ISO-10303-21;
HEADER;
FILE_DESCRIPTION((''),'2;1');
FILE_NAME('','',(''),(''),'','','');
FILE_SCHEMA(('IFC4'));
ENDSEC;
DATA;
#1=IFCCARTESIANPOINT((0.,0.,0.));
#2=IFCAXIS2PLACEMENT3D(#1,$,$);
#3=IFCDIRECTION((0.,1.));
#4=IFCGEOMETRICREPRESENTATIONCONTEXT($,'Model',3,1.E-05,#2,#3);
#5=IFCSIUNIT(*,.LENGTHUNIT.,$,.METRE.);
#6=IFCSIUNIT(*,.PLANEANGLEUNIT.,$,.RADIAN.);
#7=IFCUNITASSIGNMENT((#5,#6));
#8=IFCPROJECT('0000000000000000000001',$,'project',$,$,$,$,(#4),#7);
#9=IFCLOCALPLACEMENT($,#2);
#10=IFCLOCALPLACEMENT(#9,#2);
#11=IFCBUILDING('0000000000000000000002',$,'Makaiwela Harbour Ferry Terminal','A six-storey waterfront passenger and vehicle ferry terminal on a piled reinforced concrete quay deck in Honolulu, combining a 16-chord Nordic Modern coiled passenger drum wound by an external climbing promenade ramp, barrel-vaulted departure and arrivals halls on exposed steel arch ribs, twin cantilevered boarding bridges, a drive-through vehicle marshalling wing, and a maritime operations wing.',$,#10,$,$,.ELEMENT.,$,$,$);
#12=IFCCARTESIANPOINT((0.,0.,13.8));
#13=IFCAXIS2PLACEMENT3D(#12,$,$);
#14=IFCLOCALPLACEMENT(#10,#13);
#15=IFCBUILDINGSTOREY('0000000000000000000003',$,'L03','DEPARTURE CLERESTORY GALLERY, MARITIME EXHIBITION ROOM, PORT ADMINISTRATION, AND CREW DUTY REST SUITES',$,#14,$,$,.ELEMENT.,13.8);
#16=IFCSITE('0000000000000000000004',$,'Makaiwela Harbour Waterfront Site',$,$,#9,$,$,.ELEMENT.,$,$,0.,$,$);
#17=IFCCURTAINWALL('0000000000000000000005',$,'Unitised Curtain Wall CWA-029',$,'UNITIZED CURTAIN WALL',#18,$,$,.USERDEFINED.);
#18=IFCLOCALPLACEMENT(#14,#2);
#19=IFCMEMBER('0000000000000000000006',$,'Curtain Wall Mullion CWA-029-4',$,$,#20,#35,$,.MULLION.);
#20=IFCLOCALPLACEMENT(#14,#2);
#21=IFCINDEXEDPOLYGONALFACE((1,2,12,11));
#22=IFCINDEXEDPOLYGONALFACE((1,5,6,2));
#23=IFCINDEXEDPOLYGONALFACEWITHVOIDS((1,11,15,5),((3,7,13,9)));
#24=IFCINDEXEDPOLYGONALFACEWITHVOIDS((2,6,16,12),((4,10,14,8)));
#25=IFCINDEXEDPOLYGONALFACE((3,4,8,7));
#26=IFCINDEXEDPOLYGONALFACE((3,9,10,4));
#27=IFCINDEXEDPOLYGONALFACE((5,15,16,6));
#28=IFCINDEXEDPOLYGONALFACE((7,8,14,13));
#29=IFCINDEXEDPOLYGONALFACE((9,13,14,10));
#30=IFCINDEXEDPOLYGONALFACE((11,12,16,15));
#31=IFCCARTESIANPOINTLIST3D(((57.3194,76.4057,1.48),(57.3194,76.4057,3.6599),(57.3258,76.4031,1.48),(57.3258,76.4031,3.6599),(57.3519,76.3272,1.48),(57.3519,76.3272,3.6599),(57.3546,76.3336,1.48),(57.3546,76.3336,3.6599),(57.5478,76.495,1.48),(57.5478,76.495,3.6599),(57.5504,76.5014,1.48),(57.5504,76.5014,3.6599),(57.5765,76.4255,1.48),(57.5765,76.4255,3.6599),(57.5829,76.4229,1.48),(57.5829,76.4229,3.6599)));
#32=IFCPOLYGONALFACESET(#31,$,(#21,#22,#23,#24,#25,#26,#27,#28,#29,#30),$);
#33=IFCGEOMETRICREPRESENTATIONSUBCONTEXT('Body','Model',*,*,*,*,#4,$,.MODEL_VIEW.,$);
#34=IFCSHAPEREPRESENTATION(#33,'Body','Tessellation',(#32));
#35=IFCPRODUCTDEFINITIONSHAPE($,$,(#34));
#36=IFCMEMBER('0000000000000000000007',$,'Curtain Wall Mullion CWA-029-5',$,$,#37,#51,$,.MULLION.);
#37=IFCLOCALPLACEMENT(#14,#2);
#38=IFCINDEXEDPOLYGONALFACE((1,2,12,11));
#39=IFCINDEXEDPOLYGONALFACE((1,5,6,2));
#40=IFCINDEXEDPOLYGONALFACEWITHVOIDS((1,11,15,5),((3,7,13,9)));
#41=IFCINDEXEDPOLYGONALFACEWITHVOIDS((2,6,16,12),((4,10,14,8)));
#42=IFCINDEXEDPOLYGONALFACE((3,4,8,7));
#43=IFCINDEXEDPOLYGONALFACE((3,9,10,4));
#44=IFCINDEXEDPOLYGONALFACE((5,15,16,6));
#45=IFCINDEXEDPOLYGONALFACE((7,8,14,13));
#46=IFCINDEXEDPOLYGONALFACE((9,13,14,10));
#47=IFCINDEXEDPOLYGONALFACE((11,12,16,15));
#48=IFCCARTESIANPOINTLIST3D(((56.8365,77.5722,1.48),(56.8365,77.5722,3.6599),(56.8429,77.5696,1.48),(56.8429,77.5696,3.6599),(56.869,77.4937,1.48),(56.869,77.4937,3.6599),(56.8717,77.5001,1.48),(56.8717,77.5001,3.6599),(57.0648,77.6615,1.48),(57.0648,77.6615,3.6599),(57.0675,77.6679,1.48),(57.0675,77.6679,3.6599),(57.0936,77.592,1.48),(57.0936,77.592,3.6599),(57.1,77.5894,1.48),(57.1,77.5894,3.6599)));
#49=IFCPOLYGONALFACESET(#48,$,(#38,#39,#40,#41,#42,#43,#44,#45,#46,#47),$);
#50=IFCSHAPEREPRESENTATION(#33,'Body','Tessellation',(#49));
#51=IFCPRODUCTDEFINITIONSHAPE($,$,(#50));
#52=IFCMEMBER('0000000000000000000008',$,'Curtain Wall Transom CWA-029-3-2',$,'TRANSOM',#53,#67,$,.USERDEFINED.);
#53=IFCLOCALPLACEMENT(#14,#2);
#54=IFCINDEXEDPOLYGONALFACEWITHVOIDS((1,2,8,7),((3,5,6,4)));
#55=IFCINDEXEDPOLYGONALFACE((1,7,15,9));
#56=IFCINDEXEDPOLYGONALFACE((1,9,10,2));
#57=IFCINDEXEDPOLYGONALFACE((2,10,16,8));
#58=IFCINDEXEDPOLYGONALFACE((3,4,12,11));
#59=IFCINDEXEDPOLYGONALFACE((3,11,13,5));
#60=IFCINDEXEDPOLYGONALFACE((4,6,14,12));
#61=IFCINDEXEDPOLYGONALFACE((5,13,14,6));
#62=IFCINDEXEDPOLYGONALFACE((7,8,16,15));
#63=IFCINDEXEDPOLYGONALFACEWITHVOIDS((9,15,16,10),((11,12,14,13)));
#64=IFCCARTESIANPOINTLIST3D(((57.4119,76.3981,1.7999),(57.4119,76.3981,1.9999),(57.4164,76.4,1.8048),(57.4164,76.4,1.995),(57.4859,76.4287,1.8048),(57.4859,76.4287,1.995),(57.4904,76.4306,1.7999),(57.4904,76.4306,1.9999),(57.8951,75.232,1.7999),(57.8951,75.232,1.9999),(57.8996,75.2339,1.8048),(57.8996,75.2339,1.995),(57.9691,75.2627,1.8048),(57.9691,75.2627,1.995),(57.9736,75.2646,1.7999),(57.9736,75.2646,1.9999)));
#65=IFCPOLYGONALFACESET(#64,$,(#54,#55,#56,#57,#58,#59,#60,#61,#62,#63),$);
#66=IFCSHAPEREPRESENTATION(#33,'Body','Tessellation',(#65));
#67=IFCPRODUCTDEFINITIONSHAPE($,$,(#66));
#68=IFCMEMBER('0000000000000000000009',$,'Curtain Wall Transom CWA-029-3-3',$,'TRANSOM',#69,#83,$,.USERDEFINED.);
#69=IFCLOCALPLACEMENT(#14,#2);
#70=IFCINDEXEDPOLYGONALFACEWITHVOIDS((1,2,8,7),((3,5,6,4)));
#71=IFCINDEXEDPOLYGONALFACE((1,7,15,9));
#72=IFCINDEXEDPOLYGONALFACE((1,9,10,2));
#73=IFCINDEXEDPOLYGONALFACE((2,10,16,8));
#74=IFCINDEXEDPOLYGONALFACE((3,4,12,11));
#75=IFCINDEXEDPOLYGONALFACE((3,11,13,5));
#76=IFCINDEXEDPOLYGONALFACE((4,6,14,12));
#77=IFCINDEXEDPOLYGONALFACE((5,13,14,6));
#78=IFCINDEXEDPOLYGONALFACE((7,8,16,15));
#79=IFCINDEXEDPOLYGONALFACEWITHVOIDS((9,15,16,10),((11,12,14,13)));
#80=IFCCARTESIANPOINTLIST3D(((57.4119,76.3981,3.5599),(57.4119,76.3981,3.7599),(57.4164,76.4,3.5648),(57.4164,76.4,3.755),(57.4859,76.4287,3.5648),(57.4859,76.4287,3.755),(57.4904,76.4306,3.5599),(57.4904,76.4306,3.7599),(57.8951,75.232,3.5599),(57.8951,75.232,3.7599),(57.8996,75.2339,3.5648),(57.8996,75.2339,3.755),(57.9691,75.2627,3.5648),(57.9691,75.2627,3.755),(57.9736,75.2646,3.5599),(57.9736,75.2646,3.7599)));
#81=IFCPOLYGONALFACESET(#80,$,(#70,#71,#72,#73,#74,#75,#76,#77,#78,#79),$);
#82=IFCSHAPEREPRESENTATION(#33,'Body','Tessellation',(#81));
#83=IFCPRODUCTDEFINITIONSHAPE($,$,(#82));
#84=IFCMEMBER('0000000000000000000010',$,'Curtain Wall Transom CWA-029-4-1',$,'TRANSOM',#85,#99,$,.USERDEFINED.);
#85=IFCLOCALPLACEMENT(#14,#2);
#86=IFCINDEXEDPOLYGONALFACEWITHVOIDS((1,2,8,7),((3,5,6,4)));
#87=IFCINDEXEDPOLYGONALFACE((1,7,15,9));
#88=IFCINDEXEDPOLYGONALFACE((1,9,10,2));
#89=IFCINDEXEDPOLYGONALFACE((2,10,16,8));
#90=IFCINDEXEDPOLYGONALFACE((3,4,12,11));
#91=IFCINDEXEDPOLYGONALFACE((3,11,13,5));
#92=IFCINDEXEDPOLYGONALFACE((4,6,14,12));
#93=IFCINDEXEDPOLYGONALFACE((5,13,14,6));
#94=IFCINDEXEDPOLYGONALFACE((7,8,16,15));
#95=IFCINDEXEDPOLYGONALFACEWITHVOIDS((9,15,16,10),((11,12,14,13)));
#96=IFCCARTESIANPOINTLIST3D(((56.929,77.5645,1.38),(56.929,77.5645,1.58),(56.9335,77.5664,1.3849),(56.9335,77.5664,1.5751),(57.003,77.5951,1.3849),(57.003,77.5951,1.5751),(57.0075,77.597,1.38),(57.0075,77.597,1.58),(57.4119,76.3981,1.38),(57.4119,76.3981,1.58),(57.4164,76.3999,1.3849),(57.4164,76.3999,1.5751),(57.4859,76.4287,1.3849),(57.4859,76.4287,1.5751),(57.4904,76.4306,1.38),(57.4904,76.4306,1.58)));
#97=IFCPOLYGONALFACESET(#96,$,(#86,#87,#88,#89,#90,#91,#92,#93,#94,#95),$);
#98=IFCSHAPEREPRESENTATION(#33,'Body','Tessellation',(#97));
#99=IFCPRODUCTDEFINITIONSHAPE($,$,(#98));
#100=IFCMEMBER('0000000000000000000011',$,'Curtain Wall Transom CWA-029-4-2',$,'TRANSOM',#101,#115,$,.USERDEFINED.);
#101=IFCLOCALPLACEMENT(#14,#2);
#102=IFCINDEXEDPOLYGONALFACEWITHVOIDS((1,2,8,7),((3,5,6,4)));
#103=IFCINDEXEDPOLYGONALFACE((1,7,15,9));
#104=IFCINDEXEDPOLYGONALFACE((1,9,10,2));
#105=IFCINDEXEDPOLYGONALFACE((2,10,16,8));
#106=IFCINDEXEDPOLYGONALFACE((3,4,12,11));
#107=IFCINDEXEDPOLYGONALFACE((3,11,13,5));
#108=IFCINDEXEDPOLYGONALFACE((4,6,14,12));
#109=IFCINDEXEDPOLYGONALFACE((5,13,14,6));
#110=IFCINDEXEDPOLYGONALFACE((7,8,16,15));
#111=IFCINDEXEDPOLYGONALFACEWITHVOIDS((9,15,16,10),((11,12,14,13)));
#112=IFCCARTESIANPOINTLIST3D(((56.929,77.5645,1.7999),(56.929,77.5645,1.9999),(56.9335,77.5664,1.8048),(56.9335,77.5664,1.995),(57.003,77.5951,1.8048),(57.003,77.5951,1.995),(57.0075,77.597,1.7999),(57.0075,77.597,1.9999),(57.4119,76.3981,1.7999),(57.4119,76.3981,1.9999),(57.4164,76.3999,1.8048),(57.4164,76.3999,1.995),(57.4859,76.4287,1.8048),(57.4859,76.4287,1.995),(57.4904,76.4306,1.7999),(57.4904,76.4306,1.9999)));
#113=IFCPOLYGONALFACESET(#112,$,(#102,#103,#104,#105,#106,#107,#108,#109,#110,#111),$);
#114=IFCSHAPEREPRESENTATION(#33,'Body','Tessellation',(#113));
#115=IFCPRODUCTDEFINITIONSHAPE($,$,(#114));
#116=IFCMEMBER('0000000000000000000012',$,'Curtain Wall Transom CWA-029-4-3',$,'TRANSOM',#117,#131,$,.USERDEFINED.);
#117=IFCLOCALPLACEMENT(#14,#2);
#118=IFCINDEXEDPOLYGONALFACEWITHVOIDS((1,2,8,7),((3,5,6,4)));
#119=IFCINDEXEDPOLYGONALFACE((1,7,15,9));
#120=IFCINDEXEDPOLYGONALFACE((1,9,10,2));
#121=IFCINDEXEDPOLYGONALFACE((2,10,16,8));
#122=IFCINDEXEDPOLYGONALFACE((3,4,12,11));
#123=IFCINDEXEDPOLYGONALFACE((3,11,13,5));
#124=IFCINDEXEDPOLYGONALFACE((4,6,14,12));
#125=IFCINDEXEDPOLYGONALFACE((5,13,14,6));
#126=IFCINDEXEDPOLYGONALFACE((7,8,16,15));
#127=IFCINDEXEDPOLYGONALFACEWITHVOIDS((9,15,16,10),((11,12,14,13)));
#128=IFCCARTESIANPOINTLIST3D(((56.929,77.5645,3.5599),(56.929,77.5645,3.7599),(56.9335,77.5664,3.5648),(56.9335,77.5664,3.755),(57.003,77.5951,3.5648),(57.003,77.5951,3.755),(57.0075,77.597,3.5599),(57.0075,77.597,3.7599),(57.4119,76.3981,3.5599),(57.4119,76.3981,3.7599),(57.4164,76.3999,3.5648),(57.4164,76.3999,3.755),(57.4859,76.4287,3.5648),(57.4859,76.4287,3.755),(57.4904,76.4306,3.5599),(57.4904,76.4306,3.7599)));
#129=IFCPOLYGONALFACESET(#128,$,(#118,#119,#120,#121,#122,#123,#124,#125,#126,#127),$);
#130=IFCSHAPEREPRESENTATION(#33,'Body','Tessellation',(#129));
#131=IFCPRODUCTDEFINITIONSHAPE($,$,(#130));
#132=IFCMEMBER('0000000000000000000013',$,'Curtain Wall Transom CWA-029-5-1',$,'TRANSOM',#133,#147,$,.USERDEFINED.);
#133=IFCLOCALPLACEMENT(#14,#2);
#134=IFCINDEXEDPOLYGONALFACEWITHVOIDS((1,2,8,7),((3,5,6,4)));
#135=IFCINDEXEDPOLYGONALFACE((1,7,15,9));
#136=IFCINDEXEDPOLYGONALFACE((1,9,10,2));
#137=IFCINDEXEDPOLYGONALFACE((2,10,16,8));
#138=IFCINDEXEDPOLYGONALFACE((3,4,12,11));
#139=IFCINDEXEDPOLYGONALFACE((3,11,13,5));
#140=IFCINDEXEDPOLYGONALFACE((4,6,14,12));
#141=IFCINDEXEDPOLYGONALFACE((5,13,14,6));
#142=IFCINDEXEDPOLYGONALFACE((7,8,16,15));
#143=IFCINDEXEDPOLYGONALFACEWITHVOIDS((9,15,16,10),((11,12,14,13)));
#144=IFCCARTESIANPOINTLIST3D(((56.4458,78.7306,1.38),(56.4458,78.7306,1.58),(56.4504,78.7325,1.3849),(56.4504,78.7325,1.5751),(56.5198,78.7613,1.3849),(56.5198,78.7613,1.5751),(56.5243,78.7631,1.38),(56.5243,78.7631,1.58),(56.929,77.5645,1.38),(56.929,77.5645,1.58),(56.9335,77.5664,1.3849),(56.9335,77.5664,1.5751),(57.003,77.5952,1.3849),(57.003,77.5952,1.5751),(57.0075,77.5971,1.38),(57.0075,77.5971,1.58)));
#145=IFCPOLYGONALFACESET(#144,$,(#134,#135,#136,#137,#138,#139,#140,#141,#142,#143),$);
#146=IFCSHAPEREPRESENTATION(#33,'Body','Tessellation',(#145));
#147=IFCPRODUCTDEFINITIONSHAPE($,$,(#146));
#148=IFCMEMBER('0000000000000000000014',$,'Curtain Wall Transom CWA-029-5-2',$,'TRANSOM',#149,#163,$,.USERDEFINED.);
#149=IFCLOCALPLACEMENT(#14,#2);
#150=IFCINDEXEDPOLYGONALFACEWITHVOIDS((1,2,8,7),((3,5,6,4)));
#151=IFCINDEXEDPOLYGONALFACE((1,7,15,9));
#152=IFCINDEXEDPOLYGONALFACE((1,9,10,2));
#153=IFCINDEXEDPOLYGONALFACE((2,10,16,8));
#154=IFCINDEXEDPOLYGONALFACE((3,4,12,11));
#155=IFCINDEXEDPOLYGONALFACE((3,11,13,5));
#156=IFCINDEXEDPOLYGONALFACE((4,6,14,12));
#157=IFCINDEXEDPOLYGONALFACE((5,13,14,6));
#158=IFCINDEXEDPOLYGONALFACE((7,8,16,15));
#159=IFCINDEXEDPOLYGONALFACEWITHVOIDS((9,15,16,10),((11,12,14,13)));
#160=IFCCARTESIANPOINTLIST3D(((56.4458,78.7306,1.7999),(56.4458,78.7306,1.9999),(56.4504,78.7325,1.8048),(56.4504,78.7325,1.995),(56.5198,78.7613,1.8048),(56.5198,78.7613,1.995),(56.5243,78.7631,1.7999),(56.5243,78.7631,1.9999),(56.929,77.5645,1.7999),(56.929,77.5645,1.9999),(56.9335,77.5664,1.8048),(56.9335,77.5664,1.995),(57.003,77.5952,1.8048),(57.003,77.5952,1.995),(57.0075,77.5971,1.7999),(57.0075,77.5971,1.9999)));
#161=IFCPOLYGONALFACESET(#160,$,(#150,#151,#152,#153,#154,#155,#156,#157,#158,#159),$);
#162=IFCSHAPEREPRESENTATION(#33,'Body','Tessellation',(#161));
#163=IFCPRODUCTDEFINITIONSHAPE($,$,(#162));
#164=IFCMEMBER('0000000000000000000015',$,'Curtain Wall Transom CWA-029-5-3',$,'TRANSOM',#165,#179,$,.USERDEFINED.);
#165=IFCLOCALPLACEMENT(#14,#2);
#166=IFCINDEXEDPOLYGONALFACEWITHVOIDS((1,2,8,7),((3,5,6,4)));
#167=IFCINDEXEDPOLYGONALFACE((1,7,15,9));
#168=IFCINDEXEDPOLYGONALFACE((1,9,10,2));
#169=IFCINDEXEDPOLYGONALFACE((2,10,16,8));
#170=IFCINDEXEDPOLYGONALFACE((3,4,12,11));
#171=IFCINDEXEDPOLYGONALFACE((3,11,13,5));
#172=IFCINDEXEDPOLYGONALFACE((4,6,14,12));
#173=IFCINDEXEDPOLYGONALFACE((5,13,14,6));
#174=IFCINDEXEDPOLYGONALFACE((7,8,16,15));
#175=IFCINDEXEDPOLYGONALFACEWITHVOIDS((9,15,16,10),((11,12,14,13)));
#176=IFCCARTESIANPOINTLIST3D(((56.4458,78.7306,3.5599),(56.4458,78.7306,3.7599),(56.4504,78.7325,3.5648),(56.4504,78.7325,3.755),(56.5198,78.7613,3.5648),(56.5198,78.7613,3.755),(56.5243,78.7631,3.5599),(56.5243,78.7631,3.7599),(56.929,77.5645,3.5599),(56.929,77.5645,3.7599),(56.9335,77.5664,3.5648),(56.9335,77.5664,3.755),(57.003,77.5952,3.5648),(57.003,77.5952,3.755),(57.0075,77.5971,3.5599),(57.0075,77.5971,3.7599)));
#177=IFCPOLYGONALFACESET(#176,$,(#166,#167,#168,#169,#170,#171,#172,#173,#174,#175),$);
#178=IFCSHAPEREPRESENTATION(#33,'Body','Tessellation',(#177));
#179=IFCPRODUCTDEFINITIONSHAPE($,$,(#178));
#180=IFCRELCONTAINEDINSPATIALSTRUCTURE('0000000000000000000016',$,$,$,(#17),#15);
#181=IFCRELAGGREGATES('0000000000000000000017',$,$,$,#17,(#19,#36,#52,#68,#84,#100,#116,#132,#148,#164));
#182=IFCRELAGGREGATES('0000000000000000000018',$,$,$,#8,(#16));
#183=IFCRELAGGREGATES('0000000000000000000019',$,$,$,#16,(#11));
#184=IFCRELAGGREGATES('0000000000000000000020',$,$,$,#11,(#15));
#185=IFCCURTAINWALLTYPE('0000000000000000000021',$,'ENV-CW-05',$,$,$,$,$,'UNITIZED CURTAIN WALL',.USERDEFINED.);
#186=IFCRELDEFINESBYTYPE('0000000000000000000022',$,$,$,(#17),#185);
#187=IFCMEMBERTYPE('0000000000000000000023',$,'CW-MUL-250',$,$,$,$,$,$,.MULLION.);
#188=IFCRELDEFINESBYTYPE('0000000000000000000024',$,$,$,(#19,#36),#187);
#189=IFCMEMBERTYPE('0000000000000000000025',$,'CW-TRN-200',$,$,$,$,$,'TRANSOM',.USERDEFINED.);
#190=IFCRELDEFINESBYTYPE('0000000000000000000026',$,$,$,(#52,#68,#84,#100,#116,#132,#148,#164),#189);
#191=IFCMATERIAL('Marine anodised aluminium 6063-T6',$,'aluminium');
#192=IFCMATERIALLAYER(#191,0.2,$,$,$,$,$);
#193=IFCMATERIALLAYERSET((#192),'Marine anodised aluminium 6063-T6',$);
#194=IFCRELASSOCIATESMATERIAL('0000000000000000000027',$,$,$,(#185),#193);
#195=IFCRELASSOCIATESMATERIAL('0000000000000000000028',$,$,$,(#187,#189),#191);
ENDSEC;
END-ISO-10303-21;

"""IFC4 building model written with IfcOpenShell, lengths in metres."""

from ifc_helpers import new_model, si_unit, direction, frame, origin, origin_2d, place, context, subcontext, project, spatial, hollow_rectangle, extrude, material, layer, layer_set, material_profile, profile_set, type_object, element, aggregate, save


model = new_model("IFC4")

# Units and contexts
model_context = context("Model", 3, precision=1e-05, world=origin(), true_north=direction((0.0, 1.0)))
body_context = subcontext(model_context, "Body", "Model", "MODEL_VIEW")
ifc_project = project(units=[si_unit("LENGTHUNIT", "METRE"), si_unit("PLANEANGLEUNIT", "RADIAN")], contexts=[model_context])

# Site, building, storey
site_placement = place(None, origin())
site = spatial("IfcSite", under=ifc_project, at=site_placement, Name="Makaiwela Harbour Waterfront Site", CompositionType="ELEMENT", RefElevation=0.0)
building_placement = place(site_placement, origin())
building = spatial("IfcBuilding", under=site, at=building_placement, Name="Makaiwela Harbour Ferry Terminal", Description="A six-storey waterfront passenger and vehicle ferry terminal on a piled reinforced concrete quay deck in Honolulu, combining a 16-chord Nordic Modern coiled passenger drum wound by an external climbing promenade ramp, barrel-vaulted departure and arrivals halls on exposed steel arch ribs, twin cantilevered boarding bridges, a drive-through vehicle marshalling wing, and a maritime operations wing.", CompositionType="ELEMENT")
storey_placement = place(building_placement, frame((0.0, 0.0, 13.8)))
storey = spatial("IfcBuildingStorey", under=building, at=storey_placement, Name="L03", Description="DEPARTURE CLERESTORY GALLERY, MARITIME EXHIBITION ROOM, PORT ADMINISTRATION, AND CREW DUTY REST SUITES", CompositionType="ELEMENT", Elevation=13.8)

# Curtain wall, members
ifc_material_1 = material(Name="Marine anodised aluminium 6063-T6", Category="aluminium")
ifc_layer_1 = layer(ifc_material_1, 0.2)
ifc_layer_set_1 = layer_set([ifc_layer_1], Name="Marine anodised aluminium 6063-T6")
curtain_wall_type = type_object("IfcCurtainWallType", Name="ENV-CW-05", ElementType="UNITIZED CURTAIN WALL", PredefinedType="USERDEFINED", material=ifc_layer_set_1)
curtain_wall_placement = place(storey_placement, origin())
curtain_wall = element("IfcCurtainWall", 1, at=curtain_wall_placement, inside=storey, type_object=curtain_wall_type, Name="Unitised Curtain Wall CWA-029", ObjectType="UNITIZED CURTAIN WALL", PredefinedType="USERDEFINED")
ifc_material_profile_1 = material_profile(ifc_material_1, hollow_rectangle(XDim=0.085, YDim=0.25, WallThickness=0.0049, at=origin_2d()), Name="CWM-250X85")
ifc_profile_set_1 = profile_set([ifc_material_profile_1], Name="Marine anodised aluminium 6063-T6")
member_type_1 = type_object("IfcMemberType", Name="CW-MUL-250", PredefinedType="MULLION", material=ifc_profile_set_1)
member_1_placement = place(storey_placement, frame((57.4512, 76.4143, 1.48), z_axis=(0.0, 0.0, 1.0), x_axis=(-0.382683, 0.92388, 0.0)))
member_1 = element("IfcMember", 2, at=member_1_placement, type_object=member_type_1, Name="Curtain Wall Mullion CWA-029-4", PredefinedType="MULLION", context=body_context, shape_type="SweptSolid", body=[
    extrude(hollow_rectangle(XDim=0.085, YDim=0.25, WallThickness=0.0049, at=origin_2d()), origin(), (0.0, 0.0, 1.0), 2.1799),
])
member_2_placement = place(storey_placement, frame((56.9683, 77.5808, 1.48), z_axis=(0.0, 0.0, 1.0), x_axis=(-0.382683, 0.92388, 0.0)))
member_2 = element("IfcMember", 3, at=member_2_placement, type_object=member_type_1, Name="Curtain Wall Mullion CWA-029-5", PredefinedType="MULLION", context=body_context, shape_type="SweptSolid", body=[
    extrude(hollow_rectangle(XDim=0.085, YDim=0.25, WallThickness=0.0049, at=origin_2d()), origin(), (0.0, 0.0, 1.0), 2.1799),
])
ifc_material_profile_2 = material_profile(ifc_material_1, hollow_rectangle(XDim=0.085, YDim=0.2, WallThickness=0.0049, at=origin_2d()), Name="CWT-200X85")
ifc_profile_set_2 = profile_set([ifc_material_profile_2], Name="Marine anodised aluminium 6063-T6")
member_type_2 = type_object("IfcMemberType", Name="CW-TRN-200", ElementType="TRANSOM", PredefinedType="USERDEFINED", material=ifc_profile_set_2)
member_3_placement = place(storey_placement, frame((57.9343, 75.2483, 1.8999), z_axis=(-0.382802, 0.923831, 0.0), x_axis=(-0.923831, -0.382802, 0.0)))
member_3 = element("IfcMember", 4, at=member_3_placement, type_object=member_type_2, Name="Curtain Wall Transom CWA-029-3-2", ObjectType="TRANSOM", PredefinedType="USERDEFINED", context=body_context, shape_type="SweptSolid", body=[
    extrude(hollow_rectangle(XDim=0.085, YDim=0.2, WallThickness=0.0049, at=origin_2d()), origin(), (0.0, 0.0, 1.0), 1.2622),
])
member_4_placement = place(storey_placement, frame((57.9343, 75.2483, 3.6599), z_axis=(-0.382802, 0.923831, 0.0), x_axis=(-0.923831, -0.382802, 0.0)))
member_4 = element("IfcMember", 5, at=member_4_placement, type_object=member_type_2, Name="Curtain Wall Transom CWA-029-3-3", ObjectType="TRANSOM", PredefinedType="USERDEFINED", context=body_context, shape_type="SweptSolid", body=[
    extrude(hollow_rectangle(XDim=0.085, YDim=0.2, WallThickness=0.0049, at=origin_2d()), origin(), (0.0, 0.0, 1.0), 1.2622),
])
member_5_placement = place(storey_placement, frame((57.4512, 76.4143, 1.48), z_axis=(-0.3825, 0.923956, 0.0), x_axis=(-0.923956, -0.3825, 0.0)))
member_5 = element("IfcMember", 6, at=member_5_placement, type_object=member_type_2, Name="Curtain Wall Transom CWA-029-4-1", ObjectType="TRANSOM", PredefinedType="USERDEFINED", context=body_context, shape_type="SweptSolid", body=[
    extrude(hollow_rectangle(XDim=0.085, YDim=0.2, WallThickness=0.0049, at=origin_2d()), origin(), (0.0, 0.0, 1.0), 1.2625),
])
member_6_placement = place(storey_placement, frame((57.4512, 76.4143, 1.8999), z_axis=(-0.3825, 0.923956, 0.0), x_axis=(-0.923956, -0.3825, 0.0)))
member_6 = element("IfcMember", 7, at=member_6_placement, type_object=member_type_2, Name="Curtain Wall Transom CWA-029-4-2", ObjectType="TRANSOM", PredefinedType="USERDEFINED", context=body_context, shape_type="SweptSolid", body=[
    extrude(hollow_rectangle(XDim=0.085, YDim=0.2, WallThickness=0.0049, at=origin_2d()), origin(), (0.0, 0.0, 1.0), 1.2625),
])
member_7_placement = place(storey_placement, frame((57.4512, 76.4143, 3.6599), z_axis=(-0.3825, 0.923956, 0.0), x_axis=(-0.923956, -0.3825, 0.0)))
member_7 = element("IfcMember", 8, at=member_7_placement, type_object=member_type_2, Name="Curtain Wall Transom CWA-029-4-3", ObjectType="TRANSOM", PredefinedType="USERDEFINED", context=body_context, shape_type="SweptSolid", body=[
    extrude(hollow_rectangle(XDim=0.085, YDim=0.2, WallThickness=0.0049, at=origin_2d()), origin(), (0.0, 0.0, 1.0), 1.2625),
])
member_8_placement = place(storey_placement, frame((56.9683, 77.5808, 1.48), z_axis=(-0.382802, 0.923831, 0.0), x_axis=(-0.923831, -0.382802, 0.0)))
member_8 = element("IfcMember", 9, at=member_8_placement, type_object=member_type_2, Name="Curtain Wall Transom CWA-029-5-1", ObjectType="TRANSOM", PredefinedType="USERDEFINED", context=body_context, shape_type="SweptSolid", body=[
    extrude(hollow_rectangle(XDim=0.085, YDim=0.2, WallThickness=0.0049, at=origin_2d()), origin(), (0.0, 0.0, 1.0), 1.2622),
])
member_9_placement = place(storey_placement, frame((56.9683, 77.5808, 1.8999), z_axis=(-0.382802, 0.923831, 0.0), x_axis=(-0.923831, -0.382802, 0.0)))
member_9 = element("IfcMember", 10, at=member_9_placement, type_object=member_type_2, Name="Curtain Wall Transom CWA-029-5-2", ObjectType="TRANSOM", PredefinedType="USERDEFINED", context=body_context, shape_type="SweptSolid", body=[
    extrude(hollow_rectangle(XDim=0.085, YDim=0.2, WallThickness=0.0049, at=origin_2d()), origin(), (0.0, 0.0, 1.0), 1.2622),
])
member_10_placement = place(storey_placement, frame((56.9683, 77.5808, 3.6599), z_axis=(-0.382802, 0.923831, 0.0), x_axis=(-0.923831, -0.382802, 0.0)))
member_10 = element("IfcMember", 11, at=member_10_placement, type_object=member_type_2, Name="Curtain Wall Transom CWA-029-5-3", ObjectType="TRANSOM", PredefinedType="USERDEFINED", context=body_context, shape_type="SweptSolid", body=[
    extrude(hollow_rectangle(XDim=0.085, YDim=0.2, WallThickness=0.0049, at=origin_2d()), origin(), (0.0, 0.0, 1.0), 1.2622),
])

aggregate(curtain_wall, [member_1, member_2, member_3, member_4, member_5, member_6, member_7, member_8, member_9, member_10])

save(model, "model.ifc")
